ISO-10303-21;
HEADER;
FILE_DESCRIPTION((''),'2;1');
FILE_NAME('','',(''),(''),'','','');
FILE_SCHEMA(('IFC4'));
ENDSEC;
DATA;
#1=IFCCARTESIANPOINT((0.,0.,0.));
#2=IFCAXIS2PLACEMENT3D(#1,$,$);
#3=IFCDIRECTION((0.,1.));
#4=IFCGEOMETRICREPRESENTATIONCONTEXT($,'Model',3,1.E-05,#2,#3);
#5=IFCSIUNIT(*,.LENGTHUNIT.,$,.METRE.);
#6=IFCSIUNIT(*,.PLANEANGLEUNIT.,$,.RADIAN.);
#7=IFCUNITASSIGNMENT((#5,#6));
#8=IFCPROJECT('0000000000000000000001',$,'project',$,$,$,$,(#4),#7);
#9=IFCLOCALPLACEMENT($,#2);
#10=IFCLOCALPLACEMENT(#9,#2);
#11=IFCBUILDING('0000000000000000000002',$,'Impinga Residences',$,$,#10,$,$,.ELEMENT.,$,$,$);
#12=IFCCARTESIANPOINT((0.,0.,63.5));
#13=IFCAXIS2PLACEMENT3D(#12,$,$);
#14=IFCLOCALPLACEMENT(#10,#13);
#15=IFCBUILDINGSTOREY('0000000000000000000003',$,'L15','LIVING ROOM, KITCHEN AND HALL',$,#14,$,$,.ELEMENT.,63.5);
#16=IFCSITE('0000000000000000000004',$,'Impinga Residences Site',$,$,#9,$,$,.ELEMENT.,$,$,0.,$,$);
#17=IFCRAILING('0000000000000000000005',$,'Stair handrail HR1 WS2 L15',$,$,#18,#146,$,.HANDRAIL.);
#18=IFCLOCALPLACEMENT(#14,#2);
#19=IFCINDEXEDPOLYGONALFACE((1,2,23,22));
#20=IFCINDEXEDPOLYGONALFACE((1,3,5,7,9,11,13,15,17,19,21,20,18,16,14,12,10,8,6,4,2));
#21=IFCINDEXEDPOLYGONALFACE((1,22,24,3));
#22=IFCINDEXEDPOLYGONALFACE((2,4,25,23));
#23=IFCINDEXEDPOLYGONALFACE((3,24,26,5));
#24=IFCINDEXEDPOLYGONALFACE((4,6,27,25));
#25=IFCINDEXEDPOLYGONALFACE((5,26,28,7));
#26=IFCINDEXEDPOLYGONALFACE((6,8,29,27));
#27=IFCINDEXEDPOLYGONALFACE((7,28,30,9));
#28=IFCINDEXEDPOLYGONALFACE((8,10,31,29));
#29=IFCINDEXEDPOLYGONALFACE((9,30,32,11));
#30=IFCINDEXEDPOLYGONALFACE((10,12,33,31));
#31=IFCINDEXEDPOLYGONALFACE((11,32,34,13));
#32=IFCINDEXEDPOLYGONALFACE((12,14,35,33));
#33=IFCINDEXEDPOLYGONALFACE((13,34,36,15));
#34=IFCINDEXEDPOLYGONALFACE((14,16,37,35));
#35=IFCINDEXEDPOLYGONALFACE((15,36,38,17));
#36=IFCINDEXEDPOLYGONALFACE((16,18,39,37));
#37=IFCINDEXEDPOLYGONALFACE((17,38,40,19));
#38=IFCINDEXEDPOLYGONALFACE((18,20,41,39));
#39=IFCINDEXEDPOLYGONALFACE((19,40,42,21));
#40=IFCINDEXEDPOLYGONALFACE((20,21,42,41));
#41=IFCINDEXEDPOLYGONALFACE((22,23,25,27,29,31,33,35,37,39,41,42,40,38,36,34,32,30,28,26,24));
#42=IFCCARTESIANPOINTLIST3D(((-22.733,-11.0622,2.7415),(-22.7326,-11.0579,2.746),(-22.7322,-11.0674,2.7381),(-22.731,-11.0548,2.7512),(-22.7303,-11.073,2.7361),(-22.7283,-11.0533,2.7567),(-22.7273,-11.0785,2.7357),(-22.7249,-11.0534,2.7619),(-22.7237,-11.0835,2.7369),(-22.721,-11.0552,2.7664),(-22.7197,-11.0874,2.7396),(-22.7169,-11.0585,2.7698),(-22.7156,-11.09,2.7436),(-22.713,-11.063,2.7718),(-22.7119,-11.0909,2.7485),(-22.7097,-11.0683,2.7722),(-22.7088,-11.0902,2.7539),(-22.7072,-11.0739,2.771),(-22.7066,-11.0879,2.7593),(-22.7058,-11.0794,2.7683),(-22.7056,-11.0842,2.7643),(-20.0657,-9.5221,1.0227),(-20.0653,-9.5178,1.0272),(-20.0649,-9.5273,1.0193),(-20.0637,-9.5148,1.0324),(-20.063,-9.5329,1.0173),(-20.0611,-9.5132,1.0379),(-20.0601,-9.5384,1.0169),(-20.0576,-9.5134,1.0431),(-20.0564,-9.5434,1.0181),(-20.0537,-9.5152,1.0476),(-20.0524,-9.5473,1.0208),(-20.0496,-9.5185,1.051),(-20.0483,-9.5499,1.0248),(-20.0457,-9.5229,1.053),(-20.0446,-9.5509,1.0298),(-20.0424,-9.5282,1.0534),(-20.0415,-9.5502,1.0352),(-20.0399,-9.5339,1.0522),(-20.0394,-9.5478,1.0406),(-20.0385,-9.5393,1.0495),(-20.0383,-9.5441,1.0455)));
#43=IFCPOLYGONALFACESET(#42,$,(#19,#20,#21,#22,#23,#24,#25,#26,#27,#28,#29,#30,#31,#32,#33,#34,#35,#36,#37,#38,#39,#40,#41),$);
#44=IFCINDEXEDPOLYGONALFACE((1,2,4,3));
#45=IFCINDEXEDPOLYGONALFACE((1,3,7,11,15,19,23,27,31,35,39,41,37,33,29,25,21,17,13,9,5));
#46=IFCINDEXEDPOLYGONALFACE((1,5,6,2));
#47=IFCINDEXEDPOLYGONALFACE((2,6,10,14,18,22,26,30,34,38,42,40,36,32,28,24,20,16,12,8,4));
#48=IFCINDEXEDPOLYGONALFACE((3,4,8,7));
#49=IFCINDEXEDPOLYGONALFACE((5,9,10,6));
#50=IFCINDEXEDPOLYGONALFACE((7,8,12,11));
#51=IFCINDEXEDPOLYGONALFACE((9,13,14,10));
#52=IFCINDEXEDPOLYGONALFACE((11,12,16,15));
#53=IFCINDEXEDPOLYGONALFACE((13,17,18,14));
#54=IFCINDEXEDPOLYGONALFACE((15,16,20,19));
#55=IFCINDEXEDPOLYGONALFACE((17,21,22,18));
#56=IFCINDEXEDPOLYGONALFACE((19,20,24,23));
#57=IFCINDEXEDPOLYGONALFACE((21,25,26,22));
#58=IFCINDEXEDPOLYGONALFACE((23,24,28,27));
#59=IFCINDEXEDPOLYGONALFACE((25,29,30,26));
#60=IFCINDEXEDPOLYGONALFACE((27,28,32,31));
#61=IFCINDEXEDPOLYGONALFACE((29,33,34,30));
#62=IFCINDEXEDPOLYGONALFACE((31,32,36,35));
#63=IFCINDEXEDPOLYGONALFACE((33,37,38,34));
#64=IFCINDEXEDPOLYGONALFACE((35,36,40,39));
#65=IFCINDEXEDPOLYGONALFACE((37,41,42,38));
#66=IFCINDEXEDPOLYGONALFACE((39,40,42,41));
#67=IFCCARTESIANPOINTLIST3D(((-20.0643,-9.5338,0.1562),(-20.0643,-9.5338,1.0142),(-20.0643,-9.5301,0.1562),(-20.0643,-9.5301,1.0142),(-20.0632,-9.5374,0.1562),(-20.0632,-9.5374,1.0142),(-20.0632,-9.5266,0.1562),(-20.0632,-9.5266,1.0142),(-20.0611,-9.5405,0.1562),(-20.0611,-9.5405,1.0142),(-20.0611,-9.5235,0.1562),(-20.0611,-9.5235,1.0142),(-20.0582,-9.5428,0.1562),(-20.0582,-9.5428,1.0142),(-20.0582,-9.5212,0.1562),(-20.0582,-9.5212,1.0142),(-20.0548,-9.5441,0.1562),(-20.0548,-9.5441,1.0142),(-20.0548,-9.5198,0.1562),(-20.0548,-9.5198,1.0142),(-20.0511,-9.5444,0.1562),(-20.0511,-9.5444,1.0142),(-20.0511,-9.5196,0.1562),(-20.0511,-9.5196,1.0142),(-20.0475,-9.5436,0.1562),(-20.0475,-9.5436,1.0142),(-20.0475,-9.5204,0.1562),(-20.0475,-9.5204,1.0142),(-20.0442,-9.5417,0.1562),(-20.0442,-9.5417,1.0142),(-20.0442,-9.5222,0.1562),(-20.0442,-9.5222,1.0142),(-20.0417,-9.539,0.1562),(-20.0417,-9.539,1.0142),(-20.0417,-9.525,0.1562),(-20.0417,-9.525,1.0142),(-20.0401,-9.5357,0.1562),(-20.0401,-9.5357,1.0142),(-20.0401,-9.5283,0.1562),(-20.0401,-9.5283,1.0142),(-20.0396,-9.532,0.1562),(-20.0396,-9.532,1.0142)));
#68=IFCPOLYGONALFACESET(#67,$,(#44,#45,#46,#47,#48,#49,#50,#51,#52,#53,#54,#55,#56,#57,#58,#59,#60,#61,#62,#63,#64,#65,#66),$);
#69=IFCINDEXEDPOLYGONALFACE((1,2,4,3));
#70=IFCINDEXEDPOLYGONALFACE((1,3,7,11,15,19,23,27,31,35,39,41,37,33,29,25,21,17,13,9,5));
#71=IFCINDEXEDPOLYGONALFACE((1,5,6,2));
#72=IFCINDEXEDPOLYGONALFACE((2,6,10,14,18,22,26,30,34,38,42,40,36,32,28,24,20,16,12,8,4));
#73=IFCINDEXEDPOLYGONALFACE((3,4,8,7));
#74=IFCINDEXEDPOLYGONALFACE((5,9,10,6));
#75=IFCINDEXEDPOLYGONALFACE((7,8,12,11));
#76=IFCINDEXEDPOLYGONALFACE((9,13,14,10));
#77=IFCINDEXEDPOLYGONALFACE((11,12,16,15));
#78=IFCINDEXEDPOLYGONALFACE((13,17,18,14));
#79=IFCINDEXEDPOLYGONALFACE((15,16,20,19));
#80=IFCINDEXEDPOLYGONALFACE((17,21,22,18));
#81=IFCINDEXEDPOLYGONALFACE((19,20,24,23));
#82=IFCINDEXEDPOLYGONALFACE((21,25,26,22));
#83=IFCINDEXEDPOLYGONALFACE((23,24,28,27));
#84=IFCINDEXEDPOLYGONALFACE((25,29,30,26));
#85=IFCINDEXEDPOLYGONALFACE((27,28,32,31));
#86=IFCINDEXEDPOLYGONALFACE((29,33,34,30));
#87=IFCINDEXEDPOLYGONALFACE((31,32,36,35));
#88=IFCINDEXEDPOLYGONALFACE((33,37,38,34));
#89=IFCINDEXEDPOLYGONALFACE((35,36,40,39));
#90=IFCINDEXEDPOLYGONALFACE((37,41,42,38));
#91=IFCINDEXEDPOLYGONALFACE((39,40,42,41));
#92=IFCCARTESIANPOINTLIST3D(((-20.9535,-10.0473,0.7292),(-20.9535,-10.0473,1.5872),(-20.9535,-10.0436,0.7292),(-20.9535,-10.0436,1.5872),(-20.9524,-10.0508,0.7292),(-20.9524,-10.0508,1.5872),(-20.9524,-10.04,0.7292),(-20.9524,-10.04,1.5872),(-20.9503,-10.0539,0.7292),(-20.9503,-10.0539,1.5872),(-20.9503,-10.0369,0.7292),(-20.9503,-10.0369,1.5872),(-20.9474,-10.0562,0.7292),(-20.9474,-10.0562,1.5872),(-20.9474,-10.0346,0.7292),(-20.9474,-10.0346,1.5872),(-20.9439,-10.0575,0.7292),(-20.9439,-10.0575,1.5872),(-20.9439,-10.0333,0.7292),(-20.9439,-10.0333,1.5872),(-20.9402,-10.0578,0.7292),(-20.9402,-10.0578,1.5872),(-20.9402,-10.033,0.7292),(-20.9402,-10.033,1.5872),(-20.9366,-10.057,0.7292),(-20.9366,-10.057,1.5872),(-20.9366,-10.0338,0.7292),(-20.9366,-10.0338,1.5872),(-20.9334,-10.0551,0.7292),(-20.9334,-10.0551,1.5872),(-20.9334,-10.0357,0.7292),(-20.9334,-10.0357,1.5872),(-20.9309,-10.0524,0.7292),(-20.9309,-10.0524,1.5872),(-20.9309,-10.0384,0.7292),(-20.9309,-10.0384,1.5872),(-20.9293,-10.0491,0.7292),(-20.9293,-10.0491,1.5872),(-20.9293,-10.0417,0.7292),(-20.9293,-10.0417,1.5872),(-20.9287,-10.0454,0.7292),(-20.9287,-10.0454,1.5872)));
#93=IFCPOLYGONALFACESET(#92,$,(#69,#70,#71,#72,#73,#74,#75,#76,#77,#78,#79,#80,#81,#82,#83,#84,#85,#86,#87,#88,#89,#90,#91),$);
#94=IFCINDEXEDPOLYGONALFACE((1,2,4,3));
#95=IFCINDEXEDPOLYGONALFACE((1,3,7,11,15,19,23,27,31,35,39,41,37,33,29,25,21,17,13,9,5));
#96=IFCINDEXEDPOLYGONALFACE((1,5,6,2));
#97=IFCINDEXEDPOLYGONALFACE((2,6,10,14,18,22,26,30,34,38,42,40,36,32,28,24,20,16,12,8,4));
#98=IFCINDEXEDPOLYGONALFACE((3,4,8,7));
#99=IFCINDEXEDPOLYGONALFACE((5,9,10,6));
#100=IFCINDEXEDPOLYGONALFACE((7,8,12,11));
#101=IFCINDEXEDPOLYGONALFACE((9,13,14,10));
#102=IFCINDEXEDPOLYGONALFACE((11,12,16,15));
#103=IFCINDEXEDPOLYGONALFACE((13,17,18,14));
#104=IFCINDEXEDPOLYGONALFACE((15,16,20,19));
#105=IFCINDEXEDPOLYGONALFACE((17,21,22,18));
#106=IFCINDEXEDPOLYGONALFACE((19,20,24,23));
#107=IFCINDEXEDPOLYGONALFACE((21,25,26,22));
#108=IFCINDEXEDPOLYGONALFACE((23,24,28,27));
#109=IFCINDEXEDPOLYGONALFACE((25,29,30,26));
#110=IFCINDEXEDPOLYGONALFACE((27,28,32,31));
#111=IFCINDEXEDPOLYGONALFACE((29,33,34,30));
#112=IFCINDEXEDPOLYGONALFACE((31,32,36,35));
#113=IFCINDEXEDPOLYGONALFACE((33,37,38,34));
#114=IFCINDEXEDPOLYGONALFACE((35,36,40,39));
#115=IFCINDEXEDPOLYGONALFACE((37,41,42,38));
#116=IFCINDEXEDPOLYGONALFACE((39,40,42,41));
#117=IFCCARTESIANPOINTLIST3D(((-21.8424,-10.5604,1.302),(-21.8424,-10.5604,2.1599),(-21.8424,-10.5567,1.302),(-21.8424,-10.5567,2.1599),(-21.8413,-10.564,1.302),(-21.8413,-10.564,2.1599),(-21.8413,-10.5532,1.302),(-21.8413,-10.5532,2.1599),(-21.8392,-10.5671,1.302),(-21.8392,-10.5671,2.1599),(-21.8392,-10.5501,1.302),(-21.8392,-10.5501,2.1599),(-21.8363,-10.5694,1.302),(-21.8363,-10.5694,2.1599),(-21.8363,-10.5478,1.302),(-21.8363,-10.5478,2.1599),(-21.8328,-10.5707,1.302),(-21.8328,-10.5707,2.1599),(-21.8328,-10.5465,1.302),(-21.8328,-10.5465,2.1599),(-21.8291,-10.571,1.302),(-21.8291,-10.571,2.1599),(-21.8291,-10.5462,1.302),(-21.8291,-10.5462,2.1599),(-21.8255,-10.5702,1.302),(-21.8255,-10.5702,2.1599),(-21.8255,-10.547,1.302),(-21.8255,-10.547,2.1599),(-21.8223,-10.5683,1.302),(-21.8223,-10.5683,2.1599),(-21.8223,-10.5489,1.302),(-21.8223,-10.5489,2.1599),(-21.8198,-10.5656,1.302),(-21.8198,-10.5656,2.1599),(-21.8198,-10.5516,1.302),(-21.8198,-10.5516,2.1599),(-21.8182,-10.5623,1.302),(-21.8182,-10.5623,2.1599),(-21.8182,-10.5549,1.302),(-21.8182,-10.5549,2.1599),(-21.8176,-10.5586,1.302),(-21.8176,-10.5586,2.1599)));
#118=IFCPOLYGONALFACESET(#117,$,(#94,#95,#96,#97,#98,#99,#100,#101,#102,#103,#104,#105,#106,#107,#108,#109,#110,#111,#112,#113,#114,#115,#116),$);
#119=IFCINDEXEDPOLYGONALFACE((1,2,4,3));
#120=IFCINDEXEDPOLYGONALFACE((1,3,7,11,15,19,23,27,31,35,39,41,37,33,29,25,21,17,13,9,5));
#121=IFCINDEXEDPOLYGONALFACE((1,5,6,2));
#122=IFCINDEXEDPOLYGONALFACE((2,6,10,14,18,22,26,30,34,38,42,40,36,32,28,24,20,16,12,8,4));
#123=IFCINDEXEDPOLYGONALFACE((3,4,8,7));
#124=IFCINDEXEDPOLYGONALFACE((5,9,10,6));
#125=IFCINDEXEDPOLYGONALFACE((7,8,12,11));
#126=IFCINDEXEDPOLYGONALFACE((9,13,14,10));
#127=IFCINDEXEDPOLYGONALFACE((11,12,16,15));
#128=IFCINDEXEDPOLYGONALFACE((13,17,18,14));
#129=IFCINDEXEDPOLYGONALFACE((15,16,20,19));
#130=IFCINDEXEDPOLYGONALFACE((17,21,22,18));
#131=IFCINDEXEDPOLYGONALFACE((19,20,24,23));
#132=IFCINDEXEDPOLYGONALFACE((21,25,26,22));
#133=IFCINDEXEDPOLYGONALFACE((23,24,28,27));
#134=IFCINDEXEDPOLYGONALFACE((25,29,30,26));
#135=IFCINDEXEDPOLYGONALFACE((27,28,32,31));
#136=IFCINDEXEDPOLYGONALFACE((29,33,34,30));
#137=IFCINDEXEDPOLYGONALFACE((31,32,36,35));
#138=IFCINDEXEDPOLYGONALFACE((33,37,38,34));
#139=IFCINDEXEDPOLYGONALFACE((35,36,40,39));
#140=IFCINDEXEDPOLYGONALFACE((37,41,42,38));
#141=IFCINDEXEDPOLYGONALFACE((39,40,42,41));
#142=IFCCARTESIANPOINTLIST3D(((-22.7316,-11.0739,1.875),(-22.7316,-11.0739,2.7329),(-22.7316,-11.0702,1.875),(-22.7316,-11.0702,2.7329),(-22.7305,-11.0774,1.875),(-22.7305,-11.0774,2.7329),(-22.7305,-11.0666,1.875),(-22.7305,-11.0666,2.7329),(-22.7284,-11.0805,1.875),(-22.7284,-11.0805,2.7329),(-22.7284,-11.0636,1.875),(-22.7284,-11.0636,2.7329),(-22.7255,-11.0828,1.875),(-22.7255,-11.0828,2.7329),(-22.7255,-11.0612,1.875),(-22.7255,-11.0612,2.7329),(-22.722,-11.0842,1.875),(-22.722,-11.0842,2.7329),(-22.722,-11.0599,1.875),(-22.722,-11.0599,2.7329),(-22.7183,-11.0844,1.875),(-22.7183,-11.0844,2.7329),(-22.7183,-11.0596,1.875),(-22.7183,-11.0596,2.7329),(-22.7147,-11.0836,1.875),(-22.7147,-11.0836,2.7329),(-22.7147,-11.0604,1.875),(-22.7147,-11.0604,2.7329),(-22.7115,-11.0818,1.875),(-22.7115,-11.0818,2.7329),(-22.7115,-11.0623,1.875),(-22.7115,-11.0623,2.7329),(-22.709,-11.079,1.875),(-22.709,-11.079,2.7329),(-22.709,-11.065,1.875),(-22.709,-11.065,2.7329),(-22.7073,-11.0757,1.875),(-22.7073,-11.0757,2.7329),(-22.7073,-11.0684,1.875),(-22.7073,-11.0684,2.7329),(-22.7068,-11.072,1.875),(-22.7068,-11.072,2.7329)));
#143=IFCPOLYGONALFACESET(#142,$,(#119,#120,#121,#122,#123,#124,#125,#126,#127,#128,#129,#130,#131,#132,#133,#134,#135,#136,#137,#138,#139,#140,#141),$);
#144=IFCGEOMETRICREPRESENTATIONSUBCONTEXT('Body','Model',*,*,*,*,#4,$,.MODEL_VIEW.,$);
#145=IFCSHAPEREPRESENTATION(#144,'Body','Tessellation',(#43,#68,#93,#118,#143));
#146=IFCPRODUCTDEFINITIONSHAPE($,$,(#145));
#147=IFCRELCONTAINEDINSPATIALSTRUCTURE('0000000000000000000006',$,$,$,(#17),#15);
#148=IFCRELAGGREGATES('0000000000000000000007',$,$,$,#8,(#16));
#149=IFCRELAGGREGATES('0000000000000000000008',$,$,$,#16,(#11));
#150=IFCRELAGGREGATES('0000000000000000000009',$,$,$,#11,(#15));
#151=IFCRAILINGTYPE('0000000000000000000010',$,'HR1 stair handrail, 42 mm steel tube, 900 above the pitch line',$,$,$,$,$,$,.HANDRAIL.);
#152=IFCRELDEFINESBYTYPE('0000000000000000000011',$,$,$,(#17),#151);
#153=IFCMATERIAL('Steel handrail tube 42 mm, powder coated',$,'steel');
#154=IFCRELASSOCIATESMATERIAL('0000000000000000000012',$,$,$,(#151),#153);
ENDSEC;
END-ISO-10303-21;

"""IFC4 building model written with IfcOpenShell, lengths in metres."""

from ifc_helpers import new_model, si_unit, direction, frame, origin, origin_2d, place, context, subcontext, project, spatial, circle, extrude, material, type_object, element, save


model = new_model("IFC4")

# Units and contexts
model_context = context("Model", 3, precision=1e-05, world=origin(), true_north=direction((0.0, 1.0)))
body_context = subcontext(model_context, "Body", "Model", "MODEL_VIEW")
ifc_project = project(units=[si_unit("LENGTHUNIT", "METRE"), si_unit("PLANEANGLEUNIT", "RADIAN")], contexts=[model_context])

# Site, building, storey
site_placement = place(None, origin())
site = spatial("IfcSite", under=ifc_project, at=site_placement, Name="Impinga Residences Site", CompositionType="ELEMENT", RefElevation=0.0)
building_placement = place(site_placement, origin())
building = spatial("IfcBuilding", under=site, at=building_placement, Name="Impinga Residences", CompositionType="ELEMENT")
storey_placement = place(building_placement, frame((0.0, 0.0, 63.5)))
storey = spatial("IfcBuildingStorey", under=building, at=storey_placement, Name="L15", Description="LIVING ROOM, KITCHEN AND HALL", CompositionType="ELEMENT", Elevation=63.5)

# Railing
ifc_material_1 = material(Name="Steel handrail tube 42 mm, powder coated", Category="steel")
railing_type_1 = type_object("IfcRailingType", Name="HR1 stair handrail, 42 mm steel tube, 900 above the pitch line", PredefinedType="HANDRAIL", material=ifc_material_1)
railing_1_placement = place(storey_placement, frame((-20.052, -9.532, 0.1562)))
element("IfcRailing", 1, at=railing_1_placement, inside=storey, type_object=railing_type_1, Name="Stair handrail HR1 WS2 L15", PredefinedType="HANDRAIL", context=body_context, shape_type="SweptSolid", body=[
    extrude(circle(Radius=0.021, at=origin_2d()), frame((0.0, 0.0, 0.8789), z_axis=(-0.756226, -0.436639, 0.487307), x_axis=(0.500027, -0.86601, 0.0)), (0.0, 0.0, 1.0), 3.5271),
    extrude(circle(Radius=0.0125, at=origin_2d()), origin(), (0.0, 0.0, 1.0), 0.8579),
    extrude(circle(Radius=0.0125, at=origin_2d()), frame((-0.8892, -0.5134, 0.573)), (0.0, 0.0, 1.0), 0.8579),
    extrude(circle(Radius=0.0125, at=origin_2d()), frame((-1.7781, -1.0266, 1.1458)), (0.0, 0.0, 1.0), 0.8579),
    extrude(circle(Radius=0.0125, at=origin_2d()), frame((-2.6672, -1.54, 1.7188)), (0.0, 0.0, 1.0), 0.8579),
])

save(model, "model.ifc")
